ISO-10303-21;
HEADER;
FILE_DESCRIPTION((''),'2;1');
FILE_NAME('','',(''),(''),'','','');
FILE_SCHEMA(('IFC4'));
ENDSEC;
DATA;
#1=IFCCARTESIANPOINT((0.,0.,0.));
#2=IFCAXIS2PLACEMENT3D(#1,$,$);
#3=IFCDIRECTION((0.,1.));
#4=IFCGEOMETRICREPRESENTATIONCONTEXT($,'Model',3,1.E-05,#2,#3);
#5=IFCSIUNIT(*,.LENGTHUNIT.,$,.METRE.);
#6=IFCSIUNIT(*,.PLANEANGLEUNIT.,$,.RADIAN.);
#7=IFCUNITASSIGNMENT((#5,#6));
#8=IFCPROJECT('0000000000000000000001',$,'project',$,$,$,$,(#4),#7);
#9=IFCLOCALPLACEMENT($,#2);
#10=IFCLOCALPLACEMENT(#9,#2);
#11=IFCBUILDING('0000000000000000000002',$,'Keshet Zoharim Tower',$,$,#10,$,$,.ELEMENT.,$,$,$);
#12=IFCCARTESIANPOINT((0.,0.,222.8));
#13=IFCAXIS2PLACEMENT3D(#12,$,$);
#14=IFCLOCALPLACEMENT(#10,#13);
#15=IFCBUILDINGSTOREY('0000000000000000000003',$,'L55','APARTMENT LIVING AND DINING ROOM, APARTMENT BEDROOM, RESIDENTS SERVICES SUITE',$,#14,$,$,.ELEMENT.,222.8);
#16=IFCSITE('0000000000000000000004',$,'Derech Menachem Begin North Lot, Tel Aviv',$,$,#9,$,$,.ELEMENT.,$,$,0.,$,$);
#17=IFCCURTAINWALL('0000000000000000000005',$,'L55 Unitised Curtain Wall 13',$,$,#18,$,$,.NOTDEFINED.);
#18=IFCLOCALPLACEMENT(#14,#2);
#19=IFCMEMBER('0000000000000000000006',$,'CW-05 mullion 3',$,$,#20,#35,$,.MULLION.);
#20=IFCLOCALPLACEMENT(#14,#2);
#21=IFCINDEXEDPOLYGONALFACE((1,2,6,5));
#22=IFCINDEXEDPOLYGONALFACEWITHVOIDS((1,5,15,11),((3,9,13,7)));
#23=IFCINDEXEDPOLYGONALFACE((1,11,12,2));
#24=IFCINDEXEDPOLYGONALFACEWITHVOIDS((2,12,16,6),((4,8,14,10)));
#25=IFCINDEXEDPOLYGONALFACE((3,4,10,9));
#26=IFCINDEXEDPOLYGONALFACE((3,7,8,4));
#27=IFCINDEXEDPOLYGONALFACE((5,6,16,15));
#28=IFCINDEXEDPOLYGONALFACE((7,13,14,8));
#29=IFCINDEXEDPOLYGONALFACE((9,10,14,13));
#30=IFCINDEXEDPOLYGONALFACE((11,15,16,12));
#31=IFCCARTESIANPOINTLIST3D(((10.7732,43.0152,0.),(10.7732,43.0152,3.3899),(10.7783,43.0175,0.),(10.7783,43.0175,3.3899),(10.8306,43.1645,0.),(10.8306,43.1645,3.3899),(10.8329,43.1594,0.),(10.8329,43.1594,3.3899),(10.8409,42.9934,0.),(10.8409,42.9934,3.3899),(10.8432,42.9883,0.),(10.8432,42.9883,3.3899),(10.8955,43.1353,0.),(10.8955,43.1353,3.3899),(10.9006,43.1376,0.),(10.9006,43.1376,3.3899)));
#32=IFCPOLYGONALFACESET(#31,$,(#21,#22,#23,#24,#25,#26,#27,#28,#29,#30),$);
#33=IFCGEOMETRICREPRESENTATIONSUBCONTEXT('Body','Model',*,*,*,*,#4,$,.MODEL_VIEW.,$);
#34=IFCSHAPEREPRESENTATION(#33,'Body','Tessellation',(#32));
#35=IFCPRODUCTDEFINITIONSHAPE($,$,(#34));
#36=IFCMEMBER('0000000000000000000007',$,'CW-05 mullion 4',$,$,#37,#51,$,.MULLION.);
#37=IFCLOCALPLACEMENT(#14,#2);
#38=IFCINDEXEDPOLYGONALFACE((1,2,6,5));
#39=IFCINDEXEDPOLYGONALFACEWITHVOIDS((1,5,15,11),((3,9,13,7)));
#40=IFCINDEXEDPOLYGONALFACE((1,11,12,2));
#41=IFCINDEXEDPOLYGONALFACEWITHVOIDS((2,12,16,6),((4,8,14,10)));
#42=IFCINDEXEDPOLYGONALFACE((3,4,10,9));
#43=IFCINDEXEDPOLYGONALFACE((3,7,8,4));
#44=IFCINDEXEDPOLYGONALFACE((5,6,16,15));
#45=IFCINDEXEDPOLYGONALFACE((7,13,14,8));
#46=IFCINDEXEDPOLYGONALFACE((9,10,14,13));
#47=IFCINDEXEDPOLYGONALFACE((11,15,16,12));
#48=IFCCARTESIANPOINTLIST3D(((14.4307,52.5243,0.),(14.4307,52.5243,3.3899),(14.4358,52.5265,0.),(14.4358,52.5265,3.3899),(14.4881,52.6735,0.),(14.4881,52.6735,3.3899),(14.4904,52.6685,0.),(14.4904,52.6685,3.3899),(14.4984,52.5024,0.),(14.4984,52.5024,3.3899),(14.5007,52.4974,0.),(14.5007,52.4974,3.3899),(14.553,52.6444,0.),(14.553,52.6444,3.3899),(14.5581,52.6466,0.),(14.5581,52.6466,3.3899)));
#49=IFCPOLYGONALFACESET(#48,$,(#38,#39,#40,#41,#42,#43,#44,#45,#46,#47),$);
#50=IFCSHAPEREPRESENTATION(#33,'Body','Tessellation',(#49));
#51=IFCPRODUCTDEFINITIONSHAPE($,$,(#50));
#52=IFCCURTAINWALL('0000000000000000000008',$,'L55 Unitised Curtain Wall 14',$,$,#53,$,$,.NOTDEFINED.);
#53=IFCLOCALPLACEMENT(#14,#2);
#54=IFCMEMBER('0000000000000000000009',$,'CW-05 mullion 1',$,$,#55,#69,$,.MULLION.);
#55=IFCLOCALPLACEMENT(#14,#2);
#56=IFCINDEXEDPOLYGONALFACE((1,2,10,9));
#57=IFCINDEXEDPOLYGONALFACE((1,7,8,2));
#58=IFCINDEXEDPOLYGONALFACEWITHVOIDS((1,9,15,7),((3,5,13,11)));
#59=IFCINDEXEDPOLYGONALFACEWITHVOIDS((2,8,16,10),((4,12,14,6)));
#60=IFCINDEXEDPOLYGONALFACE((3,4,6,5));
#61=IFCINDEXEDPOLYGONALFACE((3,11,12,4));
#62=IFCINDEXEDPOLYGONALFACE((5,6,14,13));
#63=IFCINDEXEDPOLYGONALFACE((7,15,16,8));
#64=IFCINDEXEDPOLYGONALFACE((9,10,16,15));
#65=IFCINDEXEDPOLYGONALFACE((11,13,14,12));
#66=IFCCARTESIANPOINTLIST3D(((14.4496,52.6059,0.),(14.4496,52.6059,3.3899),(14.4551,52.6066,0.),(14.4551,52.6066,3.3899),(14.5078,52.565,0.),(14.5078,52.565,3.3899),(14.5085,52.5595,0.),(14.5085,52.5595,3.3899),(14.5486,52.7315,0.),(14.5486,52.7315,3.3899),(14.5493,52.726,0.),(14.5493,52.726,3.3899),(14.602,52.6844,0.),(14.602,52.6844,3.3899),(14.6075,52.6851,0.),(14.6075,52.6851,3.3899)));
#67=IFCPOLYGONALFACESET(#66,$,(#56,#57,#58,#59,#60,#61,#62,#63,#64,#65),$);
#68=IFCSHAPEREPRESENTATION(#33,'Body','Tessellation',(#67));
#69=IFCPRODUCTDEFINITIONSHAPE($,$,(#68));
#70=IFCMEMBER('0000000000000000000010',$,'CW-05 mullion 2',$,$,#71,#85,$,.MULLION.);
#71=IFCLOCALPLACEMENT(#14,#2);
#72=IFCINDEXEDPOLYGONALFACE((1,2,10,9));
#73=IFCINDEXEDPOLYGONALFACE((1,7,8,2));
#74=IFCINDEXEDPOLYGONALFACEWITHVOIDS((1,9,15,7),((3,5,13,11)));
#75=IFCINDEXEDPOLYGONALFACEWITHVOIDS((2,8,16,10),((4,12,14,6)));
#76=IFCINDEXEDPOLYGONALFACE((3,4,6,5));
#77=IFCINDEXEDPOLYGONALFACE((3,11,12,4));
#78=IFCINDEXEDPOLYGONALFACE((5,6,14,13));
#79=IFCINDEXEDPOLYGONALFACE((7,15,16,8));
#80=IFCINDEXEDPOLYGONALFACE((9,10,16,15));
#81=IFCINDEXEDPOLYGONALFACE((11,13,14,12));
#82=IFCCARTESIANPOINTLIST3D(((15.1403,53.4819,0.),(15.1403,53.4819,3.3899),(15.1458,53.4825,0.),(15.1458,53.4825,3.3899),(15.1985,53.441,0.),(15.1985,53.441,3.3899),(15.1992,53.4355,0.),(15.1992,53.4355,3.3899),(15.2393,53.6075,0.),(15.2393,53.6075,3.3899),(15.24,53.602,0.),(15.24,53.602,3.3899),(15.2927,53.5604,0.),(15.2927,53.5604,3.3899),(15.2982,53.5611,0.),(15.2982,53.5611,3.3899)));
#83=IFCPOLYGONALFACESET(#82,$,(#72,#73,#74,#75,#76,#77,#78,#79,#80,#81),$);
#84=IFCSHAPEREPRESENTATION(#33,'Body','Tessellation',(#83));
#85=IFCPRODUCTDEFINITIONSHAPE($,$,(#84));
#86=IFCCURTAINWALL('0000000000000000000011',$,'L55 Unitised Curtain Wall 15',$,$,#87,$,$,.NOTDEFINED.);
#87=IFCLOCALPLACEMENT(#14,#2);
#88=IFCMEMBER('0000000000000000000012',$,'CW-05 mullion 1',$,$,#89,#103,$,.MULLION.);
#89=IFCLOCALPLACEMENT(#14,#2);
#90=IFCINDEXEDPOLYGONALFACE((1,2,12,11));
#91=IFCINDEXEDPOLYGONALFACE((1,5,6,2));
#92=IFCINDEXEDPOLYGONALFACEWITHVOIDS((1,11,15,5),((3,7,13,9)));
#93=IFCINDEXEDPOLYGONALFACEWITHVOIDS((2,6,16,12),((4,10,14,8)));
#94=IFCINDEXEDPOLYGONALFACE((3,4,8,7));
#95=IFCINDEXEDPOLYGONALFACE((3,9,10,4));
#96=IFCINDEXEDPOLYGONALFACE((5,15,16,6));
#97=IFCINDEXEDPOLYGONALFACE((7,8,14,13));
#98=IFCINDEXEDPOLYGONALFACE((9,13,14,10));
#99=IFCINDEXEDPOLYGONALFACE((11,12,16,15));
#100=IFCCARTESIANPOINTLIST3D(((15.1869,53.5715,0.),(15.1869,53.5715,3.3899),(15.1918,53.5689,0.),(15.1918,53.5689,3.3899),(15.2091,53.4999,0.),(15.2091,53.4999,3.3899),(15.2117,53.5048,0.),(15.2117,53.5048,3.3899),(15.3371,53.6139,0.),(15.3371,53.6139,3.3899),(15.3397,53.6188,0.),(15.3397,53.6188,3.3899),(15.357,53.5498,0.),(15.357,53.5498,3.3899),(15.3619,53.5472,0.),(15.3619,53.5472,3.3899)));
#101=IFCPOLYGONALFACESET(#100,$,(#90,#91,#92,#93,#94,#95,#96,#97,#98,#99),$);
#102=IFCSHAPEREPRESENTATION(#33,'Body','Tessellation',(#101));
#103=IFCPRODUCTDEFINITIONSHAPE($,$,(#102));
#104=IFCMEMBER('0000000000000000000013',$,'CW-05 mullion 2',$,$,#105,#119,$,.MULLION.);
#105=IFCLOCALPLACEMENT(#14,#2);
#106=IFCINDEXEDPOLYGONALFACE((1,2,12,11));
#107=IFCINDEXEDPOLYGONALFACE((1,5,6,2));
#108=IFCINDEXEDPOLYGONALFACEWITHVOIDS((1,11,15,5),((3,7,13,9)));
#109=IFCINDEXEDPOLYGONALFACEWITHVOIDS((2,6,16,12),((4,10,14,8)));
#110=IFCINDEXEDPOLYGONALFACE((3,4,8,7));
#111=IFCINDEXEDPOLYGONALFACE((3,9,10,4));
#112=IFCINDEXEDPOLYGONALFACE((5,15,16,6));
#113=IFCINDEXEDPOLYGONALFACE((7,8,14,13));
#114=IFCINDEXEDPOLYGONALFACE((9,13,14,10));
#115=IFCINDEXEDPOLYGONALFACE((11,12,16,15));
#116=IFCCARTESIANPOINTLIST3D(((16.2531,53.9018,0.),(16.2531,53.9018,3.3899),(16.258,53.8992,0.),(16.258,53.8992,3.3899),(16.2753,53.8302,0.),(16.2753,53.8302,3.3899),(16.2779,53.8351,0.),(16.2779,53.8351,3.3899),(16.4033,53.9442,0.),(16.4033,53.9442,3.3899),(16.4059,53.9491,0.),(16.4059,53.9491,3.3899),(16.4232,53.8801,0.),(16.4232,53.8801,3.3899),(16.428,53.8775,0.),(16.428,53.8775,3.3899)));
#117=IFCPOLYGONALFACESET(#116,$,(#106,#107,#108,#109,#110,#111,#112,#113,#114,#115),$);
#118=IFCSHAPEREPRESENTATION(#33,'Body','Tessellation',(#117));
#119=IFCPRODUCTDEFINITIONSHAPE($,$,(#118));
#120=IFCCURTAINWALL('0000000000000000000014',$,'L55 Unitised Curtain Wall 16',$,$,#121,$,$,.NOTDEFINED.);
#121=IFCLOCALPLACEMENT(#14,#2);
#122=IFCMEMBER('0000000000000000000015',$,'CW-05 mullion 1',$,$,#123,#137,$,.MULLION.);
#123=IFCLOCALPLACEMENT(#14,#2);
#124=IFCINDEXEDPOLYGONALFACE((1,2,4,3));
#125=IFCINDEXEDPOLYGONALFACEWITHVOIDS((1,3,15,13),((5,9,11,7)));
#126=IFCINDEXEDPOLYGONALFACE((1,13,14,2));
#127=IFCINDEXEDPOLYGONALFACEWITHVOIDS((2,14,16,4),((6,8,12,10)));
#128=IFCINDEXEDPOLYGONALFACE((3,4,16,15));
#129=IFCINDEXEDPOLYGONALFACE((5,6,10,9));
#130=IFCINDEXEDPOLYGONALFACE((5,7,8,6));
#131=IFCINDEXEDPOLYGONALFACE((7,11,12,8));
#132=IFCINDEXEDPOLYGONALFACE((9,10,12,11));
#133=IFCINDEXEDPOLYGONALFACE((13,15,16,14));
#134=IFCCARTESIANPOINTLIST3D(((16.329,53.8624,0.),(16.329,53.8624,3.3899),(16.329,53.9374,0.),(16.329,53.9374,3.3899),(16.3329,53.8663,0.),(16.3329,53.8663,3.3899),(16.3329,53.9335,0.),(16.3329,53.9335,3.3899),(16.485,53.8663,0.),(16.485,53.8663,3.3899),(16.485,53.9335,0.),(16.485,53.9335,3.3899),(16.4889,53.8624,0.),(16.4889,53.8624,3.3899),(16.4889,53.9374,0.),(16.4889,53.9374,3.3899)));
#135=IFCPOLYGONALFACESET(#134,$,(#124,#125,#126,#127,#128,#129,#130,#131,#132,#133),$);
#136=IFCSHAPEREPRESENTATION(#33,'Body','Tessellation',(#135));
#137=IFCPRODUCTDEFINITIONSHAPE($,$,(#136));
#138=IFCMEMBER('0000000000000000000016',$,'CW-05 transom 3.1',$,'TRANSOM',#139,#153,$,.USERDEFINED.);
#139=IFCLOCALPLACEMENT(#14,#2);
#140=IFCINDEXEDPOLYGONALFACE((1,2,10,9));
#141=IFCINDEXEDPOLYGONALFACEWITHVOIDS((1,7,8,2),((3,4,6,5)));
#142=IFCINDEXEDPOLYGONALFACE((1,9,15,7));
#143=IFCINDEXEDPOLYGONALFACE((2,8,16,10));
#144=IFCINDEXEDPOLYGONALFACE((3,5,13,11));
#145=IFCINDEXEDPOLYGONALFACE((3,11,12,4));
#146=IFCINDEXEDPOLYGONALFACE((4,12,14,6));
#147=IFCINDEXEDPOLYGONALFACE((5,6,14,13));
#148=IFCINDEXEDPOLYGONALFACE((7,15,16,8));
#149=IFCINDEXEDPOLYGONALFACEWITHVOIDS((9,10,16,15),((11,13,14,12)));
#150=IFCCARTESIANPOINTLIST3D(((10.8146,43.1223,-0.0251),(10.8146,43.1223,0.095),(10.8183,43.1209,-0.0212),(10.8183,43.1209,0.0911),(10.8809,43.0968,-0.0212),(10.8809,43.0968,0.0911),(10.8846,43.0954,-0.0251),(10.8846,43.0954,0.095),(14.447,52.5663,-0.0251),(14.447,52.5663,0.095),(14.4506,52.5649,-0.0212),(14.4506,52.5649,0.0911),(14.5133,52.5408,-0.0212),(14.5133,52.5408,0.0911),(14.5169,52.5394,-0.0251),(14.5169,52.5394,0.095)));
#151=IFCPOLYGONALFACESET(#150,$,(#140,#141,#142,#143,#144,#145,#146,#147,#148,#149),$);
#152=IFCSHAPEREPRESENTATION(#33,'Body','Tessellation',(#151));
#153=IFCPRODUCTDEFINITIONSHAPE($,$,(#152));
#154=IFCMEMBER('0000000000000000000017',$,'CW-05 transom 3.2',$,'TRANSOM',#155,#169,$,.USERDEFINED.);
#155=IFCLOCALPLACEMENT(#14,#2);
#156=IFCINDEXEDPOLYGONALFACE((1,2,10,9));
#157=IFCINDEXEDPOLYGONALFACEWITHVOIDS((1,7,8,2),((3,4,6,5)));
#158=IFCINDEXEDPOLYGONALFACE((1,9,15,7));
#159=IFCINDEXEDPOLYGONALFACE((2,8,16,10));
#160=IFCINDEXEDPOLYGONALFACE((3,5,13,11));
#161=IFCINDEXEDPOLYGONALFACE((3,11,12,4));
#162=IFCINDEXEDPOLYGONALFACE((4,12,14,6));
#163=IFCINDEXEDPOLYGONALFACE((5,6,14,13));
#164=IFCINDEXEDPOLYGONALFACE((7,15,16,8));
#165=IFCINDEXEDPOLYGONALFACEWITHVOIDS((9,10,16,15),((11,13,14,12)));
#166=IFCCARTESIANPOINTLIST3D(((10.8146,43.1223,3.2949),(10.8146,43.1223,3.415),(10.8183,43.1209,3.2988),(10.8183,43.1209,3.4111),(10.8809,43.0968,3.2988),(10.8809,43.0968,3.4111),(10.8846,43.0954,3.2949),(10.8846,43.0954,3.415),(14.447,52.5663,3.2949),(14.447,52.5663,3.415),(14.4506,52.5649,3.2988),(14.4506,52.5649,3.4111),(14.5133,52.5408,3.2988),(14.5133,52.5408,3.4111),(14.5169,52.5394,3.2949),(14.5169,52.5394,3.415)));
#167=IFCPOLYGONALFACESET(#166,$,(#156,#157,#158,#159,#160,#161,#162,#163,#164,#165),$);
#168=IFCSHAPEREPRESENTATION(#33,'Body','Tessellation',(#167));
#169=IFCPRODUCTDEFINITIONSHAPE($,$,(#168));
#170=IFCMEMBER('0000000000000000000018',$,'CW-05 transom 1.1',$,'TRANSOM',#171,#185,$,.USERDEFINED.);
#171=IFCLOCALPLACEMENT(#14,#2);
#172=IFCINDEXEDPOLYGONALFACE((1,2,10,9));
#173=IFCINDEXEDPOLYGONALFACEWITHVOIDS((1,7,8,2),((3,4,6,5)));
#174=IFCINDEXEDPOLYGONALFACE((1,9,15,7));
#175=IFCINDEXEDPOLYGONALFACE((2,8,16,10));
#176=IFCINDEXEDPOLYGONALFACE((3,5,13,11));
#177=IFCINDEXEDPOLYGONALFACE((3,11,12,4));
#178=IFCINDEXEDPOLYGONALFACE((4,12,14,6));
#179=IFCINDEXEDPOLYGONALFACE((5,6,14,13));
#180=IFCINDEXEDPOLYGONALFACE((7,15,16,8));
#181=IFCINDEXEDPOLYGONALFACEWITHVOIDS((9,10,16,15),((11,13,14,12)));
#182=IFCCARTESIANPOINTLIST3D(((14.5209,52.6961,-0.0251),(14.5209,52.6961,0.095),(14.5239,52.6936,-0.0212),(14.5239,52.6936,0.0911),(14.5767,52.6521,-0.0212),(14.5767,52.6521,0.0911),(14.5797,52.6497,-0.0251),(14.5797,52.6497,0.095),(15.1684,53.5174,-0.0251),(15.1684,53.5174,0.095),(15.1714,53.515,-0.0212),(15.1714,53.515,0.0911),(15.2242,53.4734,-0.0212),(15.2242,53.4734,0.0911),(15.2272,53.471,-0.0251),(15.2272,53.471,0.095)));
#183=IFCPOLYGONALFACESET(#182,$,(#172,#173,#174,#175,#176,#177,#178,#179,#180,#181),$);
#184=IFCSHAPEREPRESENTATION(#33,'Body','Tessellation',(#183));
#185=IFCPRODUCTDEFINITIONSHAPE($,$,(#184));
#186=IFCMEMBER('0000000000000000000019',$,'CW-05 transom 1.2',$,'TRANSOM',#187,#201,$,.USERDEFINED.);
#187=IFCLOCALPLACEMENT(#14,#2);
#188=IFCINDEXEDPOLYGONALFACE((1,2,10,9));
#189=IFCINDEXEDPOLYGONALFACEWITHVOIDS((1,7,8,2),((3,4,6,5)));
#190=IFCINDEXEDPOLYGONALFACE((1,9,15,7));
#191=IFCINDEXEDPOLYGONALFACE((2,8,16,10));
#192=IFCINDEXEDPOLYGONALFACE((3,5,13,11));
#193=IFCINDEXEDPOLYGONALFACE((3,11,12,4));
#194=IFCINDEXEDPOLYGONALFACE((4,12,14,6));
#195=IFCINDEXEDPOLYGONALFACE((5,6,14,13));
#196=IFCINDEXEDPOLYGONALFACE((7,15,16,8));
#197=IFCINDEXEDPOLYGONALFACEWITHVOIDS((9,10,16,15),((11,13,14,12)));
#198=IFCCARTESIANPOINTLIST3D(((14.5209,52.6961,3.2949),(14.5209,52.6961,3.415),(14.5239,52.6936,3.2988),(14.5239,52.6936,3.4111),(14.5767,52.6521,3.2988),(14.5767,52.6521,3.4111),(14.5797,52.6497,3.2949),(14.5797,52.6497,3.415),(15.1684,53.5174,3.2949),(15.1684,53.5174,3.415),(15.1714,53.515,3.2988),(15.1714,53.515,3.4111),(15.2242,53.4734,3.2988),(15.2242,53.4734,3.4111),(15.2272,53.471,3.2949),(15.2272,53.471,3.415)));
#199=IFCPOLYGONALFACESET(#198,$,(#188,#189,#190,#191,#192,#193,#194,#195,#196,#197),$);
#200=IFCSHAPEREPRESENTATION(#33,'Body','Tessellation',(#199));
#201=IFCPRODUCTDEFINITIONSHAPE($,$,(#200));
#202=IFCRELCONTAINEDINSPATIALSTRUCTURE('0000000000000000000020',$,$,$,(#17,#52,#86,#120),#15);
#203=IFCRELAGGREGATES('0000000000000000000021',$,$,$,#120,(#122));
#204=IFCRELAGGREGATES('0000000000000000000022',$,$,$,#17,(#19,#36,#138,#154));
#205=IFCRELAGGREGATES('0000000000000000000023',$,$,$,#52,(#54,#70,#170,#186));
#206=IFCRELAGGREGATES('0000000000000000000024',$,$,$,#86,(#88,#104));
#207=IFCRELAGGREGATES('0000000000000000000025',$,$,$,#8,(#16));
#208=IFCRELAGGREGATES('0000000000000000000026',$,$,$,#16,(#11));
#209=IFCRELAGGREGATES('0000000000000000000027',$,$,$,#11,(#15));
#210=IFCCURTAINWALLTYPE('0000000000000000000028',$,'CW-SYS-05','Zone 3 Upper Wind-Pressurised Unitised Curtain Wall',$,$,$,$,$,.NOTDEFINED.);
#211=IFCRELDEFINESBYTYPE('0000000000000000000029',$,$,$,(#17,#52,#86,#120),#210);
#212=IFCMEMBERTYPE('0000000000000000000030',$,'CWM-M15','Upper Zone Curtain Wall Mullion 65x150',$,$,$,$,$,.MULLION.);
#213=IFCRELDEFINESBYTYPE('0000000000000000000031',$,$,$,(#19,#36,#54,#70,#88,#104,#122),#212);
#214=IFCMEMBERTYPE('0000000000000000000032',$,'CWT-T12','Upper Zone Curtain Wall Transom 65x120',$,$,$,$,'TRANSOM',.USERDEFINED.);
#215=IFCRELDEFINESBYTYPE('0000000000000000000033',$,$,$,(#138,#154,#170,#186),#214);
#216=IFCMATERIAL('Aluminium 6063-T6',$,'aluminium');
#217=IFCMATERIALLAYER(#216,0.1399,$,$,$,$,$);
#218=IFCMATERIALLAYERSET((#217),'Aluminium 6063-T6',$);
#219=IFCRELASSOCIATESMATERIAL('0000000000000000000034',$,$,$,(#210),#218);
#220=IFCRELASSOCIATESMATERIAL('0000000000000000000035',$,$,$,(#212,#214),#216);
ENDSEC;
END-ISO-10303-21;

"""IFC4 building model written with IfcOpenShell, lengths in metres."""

from ifc_helpers import new_model, si_unit, direction, frame, origin, origin_2d, place, context, subcontext, project, spatial, hollow_rectangle, extrude, material, layer, layer_set, material_profile, profile_set, type_object, element, aggregate, save


model = new_model("IFC4")

# Units and contexts
model_context = context("Model", 3, precision=1e-05, world=origin(), true_north=direction((0.0, 1.0)))
body_context = subcontext(model_context, "Body", "Model", "MODEL_VIEW")
ifc_project = project(units=[si_unit("LENGTHUNIT", "METRE"), si_unit("PLANEANGLEUNIT", "RADIAN")], contexts=[model_context])

# Site, building, storey
site_placement = place(None, origin())
site = spatial("IfcSite", under=ifc_project, at=site_placement, Name="Derech Menachem Begin North Lot, Tel Aviv", CompositionType="ELEMENT", RefElevation=0.0)
building_placement = place(site_placement, origin())
building = spatial("IfcBuilding", under=site, at=building_placement, Name="Keshet Zoharim Tower", CompositionType="ELEMENT")
storey_placement = place(building_placement, frame((0.0, 0.0, 222.8)))
storey = spatial("IfcBuildingStorey", under=building, at=storey_placement, Name="L55", Description="APARTMENT LIVING AND DINING ROOM, APARTMENT BEDROOM, RESIDENTS SERVICES SUITE", CompositionType="ELEMENT", Elevation=222.8)

# Curtain walls, members
ifc_material_1 = material(Name="Aluminium 6063-T6", Category="aluminium")
ifc_layer_1 = layer(ifc_material_1, 0.1399)
ifc_layer_set_1 = layer_set([ifc_layer_1], Name="Aluminium 6063-T6")
curtain_wall_type = type_object("IfcCurtainWallType", Name="CW-SYS-05", Description="Zone 3 Upper Wind-Pressurised Unitised Curtain Wall", PredefinedType="NOTDEFINED", material=ifc_layer_set_1)
curtain_wall_1_placement = place(storey_placement, origin())
curtain_wall_1 = element("IfcCurtainWall", 1, at=curtain_wall_1_placement, inside=storey, type_object=curtain_wall_type, Name="L55 Unitised Curtain Wall 13", PredefinedType="NOTDEFINED")
ifc_material_profile_1 = material_profile(ifc_material_1, hollow_rectangle(XDim=0.075, YDim=0.1599, WallThickness=0.0039, at=origin_2d()), Name="MUL-75x160")
ifc_profile_set_1 = profile_set([ifc_material_profile_1], Name="Aluminium 6063-T6")
member_type_1 = type_object("IfcMemberType", Name="CWM-M15", Description="Upper Zone Curtain Wall Mullion 65x150", PredefinedType="MULLION", material=ifc_profile_set_1)
member_1_placement = place(storey_placement, frame((10.8369, 43.0764, 0.0), z_axis=(0.0, 0.0, 1.0), x_axis=(-0.933341, 0.35899, 0.0)))
member_1 = element("IfcMember", 2, at=member_1_placement, type_object=member_type_1, Name="CW-05 mullion 3", PredefinedType="MULLION", context=body_context, shape_type="SweptSolid", body=[
    extrude(hollow_rectangle(XDim=0.075, YDim=0.1599, WallThickness=0.0039, at=origin_2d()), origin(), (0.0, 0.0, 1.0), 3.3899),
])
member_2_placement = place(storey_placement, frame((14.4944, 52.5854, 0.0), z_axis=(0.0, 0.0, 1.0), x_axis=(-0.933341, 0.35899, 0.0)))
member_2 = element("IfcMember", 3, at=member_2_placement, type_object=member_type_1, Name="CW-05 mullion 4", PredefinedType="MULLION", context=body_context, shape_type="SweptSolid", body=[
    extrude(hollow_rectangle(XDim=0.075, YDim=0.1599, WallThickness=0.0039, at=origin_2d()), origin(), (0.0, 0.0, 1.0), 3.3899),
])
curtain_wall_2_placement = place(storey_placement, origin())
curtain_wall_2 = element("IfcCurtainWall", 4, at=curtain_wall_2_placement, inside=storey, type_object=curtain_wall_type, Name="L55 Unitised Curtain Wall 14", PredefinedType="NOTDEFINED")
member_3_placement = place(storey_placement, frame((14.5286, 52.6455, 0.0), z_axis=(0.0, 0.0, 1.0), x_axis=(-0.785293, 0.619125, 0.0)))
member_3 = element("IfcMember", 5, at=member_3_placement, type_object=member_type_1, Name="CW-05 mullion 1", PredefinedType="MULLION", context=body_context, shape_type="SweptSolid", body=[
    extrude(hollow_rectangle(XDim=0.075, YDim=0.1599, WallThickness=0.0039, at=origin_2d()), origin(), (0.0, 0.0, 1.0), 3.3899),
])
member_4_placement = place(storey_placement, frame((15.2192, 53.5215, 0.0), z_axis=(0.0, 0.0, 1.0), x_axis=(-0.785293, 0.619125, 0.0)))
member_4 = element("IfcMember", 6, at=member_4_placement, type_object=member_type_1, Name="CW-05 mullion 2", PredefinedType="MULLION", context=body_context, shape_type="SweptSolid", body=[
    extrude(hollow_rectangle(XDim=0.075, YDim=0.1599, WallThickness=0.0039, at=origin_2d()), origin(), (0.0, 0.0, 1.0), 3.3899),
])
curtain_wall_3_placement = place(storey_placement, origin())
curtain_wall_3 = element("IfcCurtainWall", 7, at=curtain_wall_3_placement, inside=storey, type_object=curtain_wall_type, Name="L55 Unitised Curtain Wall 15", PredefinedType="NOTDEFINED")
member_5_placement = place(storey_placement, frame((15.2744, 53.5593, 0.0), z_axis=(0.0, 0.0, 1.0), x_axis=(-0.295922, 0.955212, 0.0)))
member_5 = element("IfcMember", 8, at=member_5_placement, type_object=member_type_1, Name="CW-05 mullion 1", PredefinedType="MULLION", context=body_context, shape_type="SweptSolid", body=[
    extrude(hollow_rectangle(XDim=0.075, YDim=0.1599, WallThickness=0.0039, at=origin_2d()), origin(), (0.0, 0.0, 1.0), 3.3899),
])
member_6_placement = place(storey_placement, frame((16.3406, 53.8896, 0.0), z_axis=(0.0, 0.0, 1.0), x_axis=(-0.295922, 0.955212, 0.0)))
member_6 = element("IfcMember", 9, at=member_6_placement, type_object=member_type_1, Name="CW-05 mullion 2", PredefinedType="MULLION", context=body_context, shape_type="SweptSolid", body=[
    extrude(hollow_rectangle(XDim=0.075, YDim=0.1599, WallThickness=0.0039, at=origin_2d()), origin(), (0.0, 0.0, 1.0), 3.3899),
])

# Curtain wall, member
curtain_wall_4_placement = place(storey_placement, origin())
curtain_wall_4 = element("IfcCurtainWall", 10, at=curtain_wall_4_placement, inside=storey, type_object=curtain_wall_type, Name="L55 Unitised Curtain Wall 16", PredefinedType="NOTDEFINED")
member_7_placement = place(storey_placement, frame((16.4089, 53.8999, 0.0), z_axis=(0.0, 0.0, 1.0), x_axis=(0.0, 1.0, 0.0)))
member_7 = element("IfcMember", 11, at=member_7_placement, type_object=member_type_1, Name="CW-05 mullion 1", PredefinedType="MULLION", context=body_context, shape_type="SweptSolid", body=[
    extrude(hollow_rectangle(XDim=0.075, YDim=0.1599, WallThickness=0.0039, at=origin_2d()), origin(), (0.0, 0.0, 1.0), 3.3899),
])

# Members
ifc_material_profile_2 = material_profile(ifc_material_1, hollow_rectangle(XDim=0.075, YDim=0.1201, WallThickness=0.0039, at=origin_2d()), Name="TRN-75x120")
ifc_profile_set_2 = profile_set([ifc_material_profile_2], Name="Aluminium 6063-T6")
member_type_2 = type_object("IfcMemberType", Name="CWT-T12", Description="Upper Zone Curtain Wall Transom 65x120", ElementType="TRANSOM", PredefinedType="USERDEFINED", material=ifc_profile_set_2)
member_8_placement = place(storey_placement, frame((10.8496, 43.1089, 0.0349), z_axis=(0.358986, 0.933343, 0.0), x_axis=(-0.933343, 0.358986, 0.0)))
member_8 = element("IfcMember", 12, at=member_8_placement, type_object=member_type_2, Name="CW-05 transom 3.1", ObjectType="TRANSOM", PredefinedType="USERDEFINED", context=body_context, shape_type="SweptSolid", body=[
    extrude(hollow_rectangle(XDim=0.075, YDim=0.1201, WallThickness=0.0039, at=origin_2d()), origin(), (0.0, 0.0, 1.0), 10.1184),
])
member_9_placement = place(storey_placement, frame((10.8496, 43.1089, 3.355), z_axis=(0.358986, 0.933343, 0.0), x_axis=(-0.933343, 0.358986, 0.0)))
member_9 = element("IfcMember", 13, at=member_9_placement, type_object=member_type_2, Name="CW-05 transom 3.2", ObjectType="TRANSOM", PredefinedType="USERDEFINED", context=body_context, shape_type="SweptSolid", body=[
    extrude(hollow_rectangle(XDim=0.075, YDim=0.1201, WallThickness=0.0039, at=origin_2d()), origin(), (0.0, 0.0, 1.0), 10.1184),
])
member_10_placement = place(storey_placement, frame((14.5503, 52.6729, 0.0349), z_axis=(0.619099, 0.785313, 0.0), x_axis=(-0.785313, 0.619099, 0.0)))
member_10 = element("IfcMember", 14, at=member_10_placement, type_object=member_type_2, Name="CW-05 transom 1.1", ObjectType="TRANSOM", PredefinedType="USERDEFINED", context=body_context, shape_type="SweptSolid", body=[
    extrude(hollow_rectangle(XDim=0.075, YDim=0.1201, WallThickness=0.0039, at=origin_2d()), origin(), (0.0, 0.0, 1.0), 1.0459),
])
member_11_placement = place(storey_placement, frame((14.5503, 52.6729, 3.355), z_axis=(0.619099, 0.785313, 0.0), x_axis=(-0.785313, 0.619099, 0.0)))
member_11 = element("IfcMember", 15, at=member_11_placement, type_object=member_type_2, Name="CW-05 transom 1.2", ObjectType="TRANSOM", PredefinedType="USERDEFINED", context=body_context, shape_type="SweptSolid", body=[
    extrude(hollow_rectangle(XDim=0.075, YDim=0.1201, WallThickness=0.0039, at=origin_2d()), origin(), (0.0, 0.0, 1.0), 1.0459),
])
aggregate(curtain_wall_4, [member_7])

aggregate(curtain_wall_1, [member_1, member_2, member_8, member_9])
aggregate(curtain_wall_2, [member_3, member_4, member_10, member_11])
aggregate(curtain_wall_3, [member_5, member_6])

save(model, "model.ifc")
